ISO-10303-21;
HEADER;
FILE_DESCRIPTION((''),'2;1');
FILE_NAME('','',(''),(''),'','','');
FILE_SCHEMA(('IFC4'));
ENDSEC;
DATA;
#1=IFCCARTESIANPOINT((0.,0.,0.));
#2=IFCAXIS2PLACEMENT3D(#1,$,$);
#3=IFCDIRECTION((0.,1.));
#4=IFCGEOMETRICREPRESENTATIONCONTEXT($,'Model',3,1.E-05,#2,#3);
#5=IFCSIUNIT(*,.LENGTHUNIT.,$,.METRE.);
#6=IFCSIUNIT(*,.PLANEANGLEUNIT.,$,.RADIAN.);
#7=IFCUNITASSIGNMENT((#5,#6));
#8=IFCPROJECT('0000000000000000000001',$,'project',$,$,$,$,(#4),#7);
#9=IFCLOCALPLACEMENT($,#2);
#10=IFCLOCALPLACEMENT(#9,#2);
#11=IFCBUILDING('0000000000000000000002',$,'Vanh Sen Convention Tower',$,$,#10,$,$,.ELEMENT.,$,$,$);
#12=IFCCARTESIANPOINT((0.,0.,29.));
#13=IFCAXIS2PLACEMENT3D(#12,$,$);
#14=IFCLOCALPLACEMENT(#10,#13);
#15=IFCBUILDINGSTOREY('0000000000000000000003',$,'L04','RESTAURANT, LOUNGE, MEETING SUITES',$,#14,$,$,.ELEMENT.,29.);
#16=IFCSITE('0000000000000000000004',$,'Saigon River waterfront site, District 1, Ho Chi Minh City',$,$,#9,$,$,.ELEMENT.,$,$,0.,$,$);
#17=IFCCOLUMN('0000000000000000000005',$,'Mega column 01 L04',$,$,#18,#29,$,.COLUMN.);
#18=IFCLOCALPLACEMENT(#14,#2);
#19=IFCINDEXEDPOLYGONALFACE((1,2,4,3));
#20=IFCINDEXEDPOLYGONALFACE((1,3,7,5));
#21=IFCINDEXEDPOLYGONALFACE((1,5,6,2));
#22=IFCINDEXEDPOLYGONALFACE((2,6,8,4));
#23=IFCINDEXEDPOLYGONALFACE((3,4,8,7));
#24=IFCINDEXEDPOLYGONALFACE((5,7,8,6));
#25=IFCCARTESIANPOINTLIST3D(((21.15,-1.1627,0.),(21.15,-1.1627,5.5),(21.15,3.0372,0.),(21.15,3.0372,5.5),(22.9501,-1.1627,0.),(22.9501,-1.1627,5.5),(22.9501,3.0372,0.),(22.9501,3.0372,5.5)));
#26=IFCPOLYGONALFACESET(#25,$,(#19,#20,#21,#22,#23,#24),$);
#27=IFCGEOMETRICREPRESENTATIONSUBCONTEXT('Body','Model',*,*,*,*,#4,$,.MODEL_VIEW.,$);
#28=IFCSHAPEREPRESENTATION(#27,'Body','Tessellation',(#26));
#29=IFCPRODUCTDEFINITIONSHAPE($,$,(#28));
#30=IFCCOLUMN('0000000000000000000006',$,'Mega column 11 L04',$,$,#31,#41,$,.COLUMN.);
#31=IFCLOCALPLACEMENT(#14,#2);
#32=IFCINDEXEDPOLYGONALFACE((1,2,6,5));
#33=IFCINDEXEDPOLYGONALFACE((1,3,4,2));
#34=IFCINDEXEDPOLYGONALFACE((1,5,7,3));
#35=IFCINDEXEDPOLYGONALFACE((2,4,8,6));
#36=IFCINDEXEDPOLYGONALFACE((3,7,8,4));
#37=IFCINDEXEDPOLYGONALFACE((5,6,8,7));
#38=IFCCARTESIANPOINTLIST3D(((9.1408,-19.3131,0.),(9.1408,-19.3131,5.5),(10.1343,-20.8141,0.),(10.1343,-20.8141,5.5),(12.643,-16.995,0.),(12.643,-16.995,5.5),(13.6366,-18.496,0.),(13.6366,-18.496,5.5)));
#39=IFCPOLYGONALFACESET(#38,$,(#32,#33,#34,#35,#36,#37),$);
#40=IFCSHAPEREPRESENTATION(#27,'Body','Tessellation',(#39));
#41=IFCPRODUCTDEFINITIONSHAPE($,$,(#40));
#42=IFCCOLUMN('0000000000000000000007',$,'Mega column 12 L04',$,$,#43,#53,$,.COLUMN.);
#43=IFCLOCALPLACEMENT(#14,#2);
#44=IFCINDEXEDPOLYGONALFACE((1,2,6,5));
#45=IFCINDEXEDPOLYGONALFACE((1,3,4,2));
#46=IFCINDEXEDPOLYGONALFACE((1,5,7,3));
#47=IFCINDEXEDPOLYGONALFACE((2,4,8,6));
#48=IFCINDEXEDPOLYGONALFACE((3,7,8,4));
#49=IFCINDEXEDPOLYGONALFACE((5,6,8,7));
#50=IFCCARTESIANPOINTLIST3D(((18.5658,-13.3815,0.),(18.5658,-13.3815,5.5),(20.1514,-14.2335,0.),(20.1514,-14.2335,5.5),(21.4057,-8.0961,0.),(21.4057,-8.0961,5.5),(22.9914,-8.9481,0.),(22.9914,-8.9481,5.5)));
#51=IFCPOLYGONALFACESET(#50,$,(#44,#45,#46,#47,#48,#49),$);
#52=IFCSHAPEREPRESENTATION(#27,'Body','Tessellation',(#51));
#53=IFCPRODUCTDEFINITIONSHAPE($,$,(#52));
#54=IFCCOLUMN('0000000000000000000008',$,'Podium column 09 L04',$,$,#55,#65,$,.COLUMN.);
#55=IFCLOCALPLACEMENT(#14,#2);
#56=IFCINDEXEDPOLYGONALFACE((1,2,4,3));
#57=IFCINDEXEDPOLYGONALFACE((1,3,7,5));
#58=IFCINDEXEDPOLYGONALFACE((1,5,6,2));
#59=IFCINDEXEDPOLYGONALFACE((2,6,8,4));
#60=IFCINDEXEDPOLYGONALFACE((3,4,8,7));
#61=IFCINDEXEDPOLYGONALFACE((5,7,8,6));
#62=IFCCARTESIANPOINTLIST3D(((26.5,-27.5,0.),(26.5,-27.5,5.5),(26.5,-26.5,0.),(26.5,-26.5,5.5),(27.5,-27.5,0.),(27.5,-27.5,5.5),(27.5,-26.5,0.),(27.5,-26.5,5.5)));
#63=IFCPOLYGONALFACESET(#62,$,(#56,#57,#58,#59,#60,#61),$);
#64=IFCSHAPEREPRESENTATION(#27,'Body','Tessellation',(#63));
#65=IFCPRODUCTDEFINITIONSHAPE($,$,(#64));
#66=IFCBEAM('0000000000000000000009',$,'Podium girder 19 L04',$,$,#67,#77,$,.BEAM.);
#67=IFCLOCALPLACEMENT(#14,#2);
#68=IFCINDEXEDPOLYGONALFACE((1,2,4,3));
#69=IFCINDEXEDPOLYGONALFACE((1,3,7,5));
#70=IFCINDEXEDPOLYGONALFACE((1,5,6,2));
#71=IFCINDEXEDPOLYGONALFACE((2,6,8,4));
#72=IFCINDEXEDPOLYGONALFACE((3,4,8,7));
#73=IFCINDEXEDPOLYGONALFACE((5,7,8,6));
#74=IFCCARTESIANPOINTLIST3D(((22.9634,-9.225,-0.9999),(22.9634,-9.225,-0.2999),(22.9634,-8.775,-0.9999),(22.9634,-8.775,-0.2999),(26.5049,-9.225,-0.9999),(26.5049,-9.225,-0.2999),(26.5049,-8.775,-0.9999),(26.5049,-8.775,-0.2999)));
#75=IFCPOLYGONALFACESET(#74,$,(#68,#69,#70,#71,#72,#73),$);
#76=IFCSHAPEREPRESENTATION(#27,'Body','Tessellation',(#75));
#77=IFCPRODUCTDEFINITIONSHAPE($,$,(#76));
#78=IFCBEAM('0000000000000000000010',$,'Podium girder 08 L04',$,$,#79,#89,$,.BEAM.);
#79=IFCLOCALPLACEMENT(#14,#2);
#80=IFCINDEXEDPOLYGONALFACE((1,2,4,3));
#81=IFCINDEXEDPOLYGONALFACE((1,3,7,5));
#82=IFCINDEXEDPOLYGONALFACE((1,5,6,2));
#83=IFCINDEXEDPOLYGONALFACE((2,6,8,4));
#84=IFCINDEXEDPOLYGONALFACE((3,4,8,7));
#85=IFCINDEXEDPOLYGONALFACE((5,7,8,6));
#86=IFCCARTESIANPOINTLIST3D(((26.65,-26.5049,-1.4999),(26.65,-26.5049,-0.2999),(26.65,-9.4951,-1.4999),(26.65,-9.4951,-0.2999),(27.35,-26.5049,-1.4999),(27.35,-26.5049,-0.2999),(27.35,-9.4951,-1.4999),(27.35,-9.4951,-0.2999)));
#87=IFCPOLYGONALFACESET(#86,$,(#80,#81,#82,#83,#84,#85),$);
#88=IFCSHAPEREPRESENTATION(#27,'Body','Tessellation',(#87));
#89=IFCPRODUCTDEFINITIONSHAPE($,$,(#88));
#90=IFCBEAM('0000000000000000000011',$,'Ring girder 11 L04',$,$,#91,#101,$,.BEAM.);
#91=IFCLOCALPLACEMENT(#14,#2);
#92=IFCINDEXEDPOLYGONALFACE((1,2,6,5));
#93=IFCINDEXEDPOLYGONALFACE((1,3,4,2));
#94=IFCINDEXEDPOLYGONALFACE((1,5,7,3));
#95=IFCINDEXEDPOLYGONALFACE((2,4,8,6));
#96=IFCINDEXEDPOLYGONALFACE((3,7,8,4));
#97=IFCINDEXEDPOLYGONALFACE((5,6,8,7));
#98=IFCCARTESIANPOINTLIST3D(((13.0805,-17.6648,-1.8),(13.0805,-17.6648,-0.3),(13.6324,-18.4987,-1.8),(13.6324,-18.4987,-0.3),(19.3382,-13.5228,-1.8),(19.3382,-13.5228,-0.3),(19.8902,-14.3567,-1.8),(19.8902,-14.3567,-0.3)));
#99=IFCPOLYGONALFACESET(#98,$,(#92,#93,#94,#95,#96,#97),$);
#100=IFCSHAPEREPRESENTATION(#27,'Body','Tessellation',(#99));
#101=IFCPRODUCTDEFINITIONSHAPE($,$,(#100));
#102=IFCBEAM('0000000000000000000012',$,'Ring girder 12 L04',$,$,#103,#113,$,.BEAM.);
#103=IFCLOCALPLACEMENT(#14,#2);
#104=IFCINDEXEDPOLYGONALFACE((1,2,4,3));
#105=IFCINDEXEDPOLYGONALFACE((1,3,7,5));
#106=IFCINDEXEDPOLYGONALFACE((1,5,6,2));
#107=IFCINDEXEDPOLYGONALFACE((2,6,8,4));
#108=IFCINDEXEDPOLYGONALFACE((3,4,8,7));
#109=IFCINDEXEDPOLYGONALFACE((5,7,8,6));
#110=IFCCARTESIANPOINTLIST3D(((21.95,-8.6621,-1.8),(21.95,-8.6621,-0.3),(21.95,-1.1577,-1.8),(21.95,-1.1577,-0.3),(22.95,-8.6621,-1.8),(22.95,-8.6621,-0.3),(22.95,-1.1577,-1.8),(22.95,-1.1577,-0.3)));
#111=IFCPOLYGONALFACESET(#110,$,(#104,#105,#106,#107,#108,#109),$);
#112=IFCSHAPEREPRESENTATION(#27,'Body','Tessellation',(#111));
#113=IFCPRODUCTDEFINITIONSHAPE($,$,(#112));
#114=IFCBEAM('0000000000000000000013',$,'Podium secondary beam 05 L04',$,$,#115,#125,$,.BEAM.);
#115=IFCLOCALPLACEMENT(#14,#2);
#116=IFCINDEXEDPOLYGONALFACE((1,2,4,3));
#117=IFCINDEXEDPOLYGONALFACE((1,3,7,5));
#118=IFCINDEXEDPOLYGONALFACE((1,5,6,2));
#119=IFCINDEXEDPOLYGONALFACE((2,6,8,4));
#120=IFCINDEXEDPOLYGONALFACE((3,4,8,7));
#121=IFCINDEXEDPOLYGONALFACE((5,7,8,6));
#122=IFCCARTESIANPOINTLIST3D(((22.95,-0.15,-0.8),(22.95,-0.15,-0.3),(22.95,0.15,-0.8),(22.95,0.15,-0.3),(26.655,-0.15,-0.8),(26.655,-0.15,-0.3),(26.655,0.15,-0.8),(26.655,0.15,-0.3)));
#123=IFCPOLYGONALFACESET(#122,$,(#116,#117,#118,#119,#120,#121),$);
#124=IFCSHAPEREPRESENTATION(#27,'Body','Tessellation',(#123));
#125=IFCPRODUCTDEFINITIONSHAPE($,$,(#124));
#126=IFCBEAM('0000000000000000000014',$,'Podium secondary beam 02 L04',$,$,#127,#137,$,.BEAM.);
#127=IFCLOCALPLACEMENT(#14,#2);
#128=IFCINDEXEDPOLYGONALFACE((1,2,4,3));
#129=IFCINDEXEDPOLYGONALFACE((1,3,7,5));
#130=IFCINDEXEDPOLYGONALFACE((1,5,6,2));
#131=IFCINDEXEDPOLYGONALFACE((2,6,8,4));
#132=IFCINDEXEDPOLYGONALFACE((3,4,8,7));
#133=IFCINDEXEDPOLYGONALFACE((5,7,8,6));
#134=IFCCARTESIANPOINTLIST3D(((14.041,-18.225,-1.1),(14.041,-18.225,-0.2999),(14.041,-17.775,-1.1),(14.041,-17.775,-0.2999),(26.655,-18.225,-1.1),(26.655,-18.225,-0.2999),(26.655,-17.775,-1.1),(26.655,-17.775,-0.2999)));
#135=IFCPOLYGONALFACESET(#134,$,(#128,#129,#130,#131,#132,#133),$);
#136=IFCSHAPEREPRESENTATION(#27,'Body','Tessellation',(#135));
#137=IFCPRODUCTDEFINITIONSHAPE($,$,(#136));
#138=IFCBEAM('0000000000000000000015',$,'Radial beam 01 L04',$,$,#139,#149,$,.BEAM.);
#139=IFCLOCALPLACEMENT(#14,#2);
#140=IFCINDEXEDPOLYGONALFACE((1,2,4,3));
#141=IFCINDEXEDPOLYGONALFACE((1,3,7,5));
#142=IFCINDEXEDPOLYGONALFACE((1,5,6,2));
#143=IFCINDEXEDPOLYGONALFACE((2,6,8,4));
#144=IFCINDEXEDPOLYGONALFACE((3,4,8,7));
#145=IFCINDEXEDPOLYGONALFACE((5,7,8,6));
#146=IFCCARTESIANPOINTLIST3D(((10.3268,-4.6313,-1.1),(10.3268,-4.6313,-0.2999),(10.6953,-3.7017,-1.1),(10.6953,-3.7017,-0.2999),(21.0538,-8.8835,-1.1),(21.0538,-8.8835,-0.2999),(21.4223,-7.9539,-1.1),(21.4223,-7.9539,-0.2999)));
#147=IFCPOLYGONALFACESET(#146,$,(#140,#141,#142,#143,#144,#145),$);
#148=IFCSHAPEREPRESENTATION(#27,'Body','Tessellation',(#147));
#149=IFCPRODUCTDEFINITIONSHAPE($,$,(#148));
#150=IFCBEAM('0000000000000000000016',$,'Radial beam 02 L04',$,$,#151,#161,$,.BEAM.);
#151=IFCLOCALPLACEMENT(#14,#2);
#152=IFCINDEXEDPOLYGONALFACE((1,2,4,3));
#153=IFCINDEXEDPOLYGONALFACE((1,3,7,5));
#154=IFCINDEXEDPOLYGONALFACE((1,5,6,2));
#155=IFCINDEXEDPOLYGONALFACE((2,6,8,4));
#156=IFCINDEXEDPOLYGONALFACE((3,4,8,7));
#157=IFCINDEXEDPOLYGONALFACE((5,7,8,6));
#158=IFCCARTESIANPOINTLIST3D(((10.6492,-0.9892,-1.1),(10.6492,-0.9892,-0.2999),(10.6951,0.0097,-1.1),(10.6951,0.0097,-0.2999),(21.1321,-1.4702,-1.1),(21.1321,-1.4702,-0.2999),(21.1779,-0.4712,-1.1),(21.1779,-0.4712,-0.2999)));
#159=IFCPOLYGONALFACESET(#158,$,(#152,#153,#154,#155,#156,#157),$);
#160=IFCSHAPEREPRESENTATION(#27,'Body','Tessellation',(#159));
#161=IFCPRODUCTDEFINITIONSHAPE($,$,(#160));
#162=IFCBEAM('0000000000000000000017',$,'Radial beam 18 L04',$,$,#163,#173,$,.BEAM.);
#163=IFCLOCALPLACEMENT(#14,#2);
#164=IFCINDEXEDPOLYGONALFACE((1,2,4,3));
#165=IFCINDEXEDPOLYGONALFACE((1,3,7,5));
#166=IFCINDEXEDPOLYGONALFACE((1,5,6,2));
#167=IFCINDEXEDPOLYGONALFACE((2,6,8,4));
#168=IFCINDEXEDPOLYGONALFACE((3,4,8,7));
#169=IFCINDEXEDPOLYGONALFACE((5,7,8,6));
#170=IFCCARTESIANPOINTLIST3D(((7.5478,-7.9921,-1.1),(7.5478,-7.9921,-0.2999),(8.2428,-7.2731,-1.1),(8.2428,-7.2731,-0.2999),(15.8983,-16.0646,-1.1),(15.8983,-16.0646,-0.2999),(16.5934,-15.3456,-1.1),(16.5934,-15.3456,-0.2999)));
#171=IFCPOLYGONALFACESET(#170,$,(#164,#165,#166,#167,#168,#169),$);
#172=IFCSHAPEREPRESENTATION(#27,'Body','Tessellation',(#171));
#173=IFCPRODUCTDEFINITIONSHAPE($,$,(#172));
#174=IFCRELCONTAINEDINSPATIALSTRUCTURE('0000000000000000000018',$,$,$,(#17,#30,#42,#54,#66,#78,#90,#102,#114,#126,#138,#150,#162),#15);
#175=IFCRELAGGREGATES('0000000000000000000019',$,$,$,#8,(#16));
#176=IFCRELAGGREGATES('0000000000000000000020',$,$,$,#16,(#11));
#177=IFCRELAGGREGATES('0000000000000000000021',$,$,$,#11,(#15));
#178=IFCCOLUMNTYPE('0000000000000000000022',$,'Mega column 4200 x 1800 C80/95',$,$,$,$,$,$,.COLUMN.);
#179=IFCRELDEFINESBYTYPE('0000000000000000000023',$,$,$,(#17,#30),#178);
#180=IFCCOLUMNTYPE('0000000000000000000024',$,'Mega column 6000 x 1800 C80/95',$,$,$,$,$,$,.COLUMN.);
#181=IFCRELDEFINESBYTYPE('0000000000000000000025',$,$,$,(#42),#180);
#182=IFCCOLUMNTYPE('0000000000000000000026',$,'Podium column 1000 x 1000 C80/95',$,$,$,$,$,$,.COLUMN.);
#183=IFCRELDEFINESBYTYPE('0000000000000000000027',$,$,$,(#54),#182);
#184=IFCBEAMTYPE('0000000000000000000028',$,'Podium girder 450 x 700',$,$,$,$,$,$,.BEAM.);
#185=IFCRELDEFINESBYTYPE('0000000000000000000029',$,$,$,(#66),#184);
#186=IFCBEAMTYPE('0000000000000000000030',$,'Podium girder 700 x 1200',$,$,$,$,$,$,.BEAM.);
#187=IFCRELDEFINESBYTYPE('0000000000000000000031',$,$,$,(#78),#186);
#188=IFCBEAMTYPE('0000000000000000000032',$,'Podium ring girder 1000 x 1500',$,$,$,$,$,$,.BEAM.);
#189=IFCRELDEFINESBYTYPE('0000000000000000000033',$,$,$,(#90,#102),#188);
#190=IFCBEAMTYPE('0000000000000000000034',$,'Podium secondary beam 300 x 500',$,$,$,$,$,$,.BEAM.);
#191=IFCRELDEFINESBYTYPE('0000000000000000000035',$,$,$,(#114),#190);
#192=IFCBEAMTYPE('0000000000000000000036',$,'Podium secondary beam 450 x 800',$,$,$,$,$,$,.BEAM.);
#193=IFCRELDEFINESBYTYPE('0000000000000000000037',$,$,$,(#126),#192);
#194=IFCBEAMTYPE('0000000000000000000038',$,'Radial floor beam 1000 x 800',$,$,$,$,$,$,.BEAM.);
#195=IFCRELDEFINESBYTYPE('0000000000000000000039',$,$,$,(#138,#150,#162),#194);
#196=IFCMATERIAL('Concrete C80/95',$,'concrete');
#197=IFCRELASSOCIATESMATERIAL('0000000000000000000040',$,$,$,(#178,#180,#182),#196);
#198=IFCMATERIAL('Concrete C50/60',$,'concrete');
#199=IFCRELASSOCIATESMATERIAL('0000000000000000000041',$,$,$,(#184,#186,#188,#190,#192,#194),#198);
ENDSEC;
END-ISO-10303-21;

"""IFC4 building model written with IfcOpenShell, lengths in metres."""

from ifc_helpers import new_model, si_unit, direction, frame, origin, origin_2d, place, context, subcontext, project, spatial, rectangle, extrude, material, material_profile, profile_set, type_object, element, save


model = new_model("IFC4")

# Units and contexts
model_context = context("Model", 3, precision=1e-05, world=origin(), true_north=direction((0.0, 1.0)))
body_context = subcontext(model_context, "Body", "Model", "MODEL_VIEW")
ifc_project = project(units=[si_unit("LENGTHUNIT", "METRE"), si_unit("PLANEANGLEUNIT", "RADIAN")], contexts=[model_context])

# Site, building, storey
site_placement = place(None, origin())
site = spatial("IfcSite", under=ifc_project, at=site_placement, Name="Saigon River waterfront site, District 1, Ho Chi Minh City", CompositionType="ELEMENT", RefElevation=0.0)
building_placement = place(site_placement, origin())
building = spatial("IfcBuilding", under=site, at=building_placement, Name="Vanh Sen Convention Tower", CompositionType="ELEMENT")
storey_placement = place(building_placement, frame((0.0, 0.0, 29.0)))
storey = spatial("IfcBuildingStorey", under=building, at=storey_placement, Name="L04", Description="RESTAURANT, LOUNGE, MEETING SUITES", CompositionType="ELEMENT", Elevation=29.0)

# Columns
ifc_material_1 = material(Name="Concrete C80/95", Category="concrete")
ifc_material_profile_1 = material_profile(ifc_material_1, rectangle(XDim=4.2, YDim=1.8, at=origin_2d()), Name="RC 4200X1800")
ifc_profile_set_1 = profile_set([ifc_material_profile_1], Name="Concrete C80/95")
column_type_1 = type_object("IfcColumnType", Name="Mega column 4200 x 1800 C80/95", PredefinedType="COLUMN", material=ifc_profile_set_1)
for number, where, z_axis, x_axis, name in (
    (1, (22.05, 0.9373, 0.0), (0.0, 0.0, 1.0), (0.0, 1.0, 0.0), "Mega column 01 L04"),
    (2, (11.3887, -18.9045, 0.0), (0.0, 0.0, 1.0), (0.83388, 0.551946, 0.0), "Mega column 11 L04"),
):
    element("IfcColumn", number, at=place(storey_placement, frame(where, z_axis=z_axis, x_axis=x_axis)), inside=storey, type_object=column_type_1, Name=name, PredefinedType="COLUMN", context=body_context, shape_type="SweptSolid", body=[
        extrude(rectangle(XDim=4.2, YDim=1.8, at=origin_2d()), origin(), (0.0, 0.0, 1.0), 5.5),
    ])
ifc_material_profile_2 = material_profile(ifc_material_1, rectangle(XDim=6.0, YDim=1.8, at=origin_2d()), Name="RC 6000X1800")
ifc_profile_set_2 = profile_set([ifc_material_profile_2], Name="Concrete C80/95")
column_type_2 = type_object("IfcColumnType", Name="Mega column 6000 x 1800 C80/95", PredefinedType="COLUMN", material=ifc_profile_set_2)
column_1_placement = place(storey_placement, frame((20.7786, -11.1648, 0.0), z_axis=(0.0, 0.0, 1.0), x_axis=(0.473323, 0.880889, 0.0)))
element("IfcColumn", 3, at=column_1_placement, inside=storey, type_object=column_type_2, Name="Mega column 12 L04", PredefinedType="COLUMN", context=body_context, shape_type="SweptSolid", body=[
    extrude(rectangle(XDim=6.0, YDim=1.8, at=origin_2d()), origin(), (0.0, 0.0, 1.0), 5.5),
])
ifc_material_profile_3 = material_profile(ifc_material_1, rectangle(XDim=1.0, YDim=1.0, at=origin_2d()), Name="RC 1000X1000")
ifc_profile_set_3 = profile_set([ifc_material_profile_3], Name="Concrete C80/95")
column_type_3 = type_object("IfcColumnType", Name="Podium column 1000 x 1000 C80/95", PredefinedType="COLUMN", material=ifc_profile_set_3)
column_2_placement = place(storey_placement, frame((27.0, -27.0, 0.0), z_axis=(0.0, 0.0, 1.0), x_axis=(1.0, 0.0, 0.0)))
element("IfcColumn", 4, at=column_2_placement, inside=storey, type_object=column_type_3, Name="Podium column 09 L04", PredefinedType="COLUMN", context=body_context, shape_type="SweptSolid", body=[
    extrude(rectangle(XDim=1.0, YDim=1.0, at=origin_2d()), origin(), (0.0, 0.0, 1.0), 5.5),
])

# Beams
ifc_material_2 = material(Name="Concrete C50/60", Category="concrete")
ifc_material_profile_4 = material_profile(ifc_material_2, rectangle(XDim=0.45, YDim=0.7, at=origin_2d()), Name="RC 450X700")
ifc_profile_set_4 = profile_set([ifc_material_profile_4], Name="Concrete C50/60")
beam_type_1 = type_object("IfcBeamType", Name="Podium girder 450 x 700", PredefinedType="BEAM", material=ifc_profile_set_4)
beam_1_placement = place(storey_placement, frame((22.9634, -9.0, -0.6499), z_axis=(1.0, 0.0, 0.0), x_axis=(0.0, 1.0, 0.0)))
element("IfcBeam", 5, at=beam_1_placement, inside=storey, type_object=beam_type_1, Name="Podium girder 19 L04", PredefinedType="BEAM", context=body_context, shape_type="SweptSolid", body=[
    extrude(rectangle(XDim=0.45, YDim=0.7, at=origin_2d()), origin(), (0.0, 0.0, 1.0), 3.5415),
])
ifc_material_profile_5 = material_profile(ifc_material_2, rectangle(XDim=0.7, YDim=1.2, at=origin_2d()), Name="RC 700X1200")
ifc_profile_set_5 = profile_set([ifc_material_profile_5], Name="Concrete C50/60")
beam_type_2 = type_object("IfcBeamType", Name="Podium girder 700 x 1200", PredefinedType="BEAM", material=ifc_profile_set_5)
beam_2_placement = place(storey_placement, frame((27.0, -26.5049, -0.8999), z_axis=(0.0, 1.0, 0.0), x_axis=(-1.0, 0.0, 0.0)))
element("IfcBeam", 6, at=beam_2_placement, inside=storey, type_object=beam_type_2, Name="Podium girder 08 L04", PredefinedType="BEAM", context=body_context, shape_type="SweptSolid", body=[
    extrude(rectangle(XDim=0.7, YDim=1.2, at=origin_2d()), origin(), (0.0, 0.0, 1.0), 17.0098),
])
ifc_material_profile_6 = material_profile(ifc_material_2, rectangle(XDim=1.0, YDim=1.5, at=origin_2d()), Name="RC 1000X1500")
ifc_profile_set_6 = profile_set([ifc_material_profile_6], Name="Concrete C50/60")
beam_type_3 = type_object("IfcBeamType", Name="Podium ring girder 1000 x 1500", PredefinedType="BEAM", material=ifc_profile_set_6)
for number, where, z_axis, x_axis, name in (
    (7, (13.3564, -18.0818, -1.05), (0.833878, 0.551949, 0.0), (-0.551949, 0.833878, 0.0), "Ring girder 11 L04"),
    (8, (22.45, -8.6621, -1.05), (0.0, 1.0, 0.0), (-1.0, 0.0, 0.0), "Ring girder 12 L04"),
):
    element("IfcBeam", number, at=place(storey_placement, frame(where, z_axis=z_axis, x_axis=x_axis)), inside=storey, type_object=beam_type_3, Name=name, PredefinedType="BEAM", context=body_context, shape_type="SweptSolid", body=[
        extrude(rectangle(XDim=1.0, YDim=1.5, at=origin_2d()), origin(), (0.0, 0.0, 1.0), 7.5044),
    ])
ifc_material_profile_7 = material_profile(ifc_material_2, rectangle(XDim=0.3, YDim=0.5, at=origin_2d()), Name="RC 300X500")
ifc_profile_set_7 = profile_set([ifc_material_profile_7], Name="Concrete C50/60")
beam_type_4 = type_object("IfcBeamType", Name="Podium secondary beam 300 x 500", PredefinedType="BEAM", material=ifc_profile_set_7)
beam_3_placement = place(storey_placement, frame((22.95, 0.0, -0.55), z_axis=(1.0, 0.0, 0.0), x_axis=(0.0, 1.0, 0.0)))
element("IfcBeam", 9, at=beam_3_placement, inside=storey, type_object=beam_type_4, Name="Podium secondary beam 05 L04", PredefinedType="BEAM", context=body_context, shape_type="SweptSolid", body=[
    extrude(rectangle(XDim=0.3, YDim=0.5, at=origin_2d()), origin(), (0.0, 0.0, 1.0), 3.7051),
])
ifc_material_profile_8 = material_profile(ifc_material_2, rectangle(XDim=0.45, YDim=0.8, at=origin_2d()), Name="RC 450X800")
ifc_profile_set_8 = profile_set([ifc_material_profile_8], Name="Concrete C50/60")
beam_type_5 = type_object("IfcBeamType", Name="Podium secondary beam 450 x 800", PredefinedType="BEAM", material=ifc_profile_set_8)
beam_4_placement = place(storey_placement, frame((14.041, -18.0, -0.7), z_axis=(1.0, 0.0, 0.0), x_axis=(0.0, 1.0, 0.0)))
element("IfcBeam", 10, at=beam_4_placement, inside=storey, type_object=beam_type_5, Name="Podium secondary beam 02 L04", PredefinedType="BEAM", context=body_context, shape_type="SweptSolid", body=[
    extrude(rectangle(XDim=0.45, YDim=0.8, at=origin_2d()), origin(), (0.0, 0.0, 1.0), 12.614),
])
ifc_material_profile_9 = material_profile(ifc_material_2, rectangle(XDim=1.0, YDim=0.8, at=origin_2d()), Name="RC 1000X800")
ifc_profile_set_9 = profile_set([ifc_material_profile_9], Name="Concrete C50/60")
beam_type_6 = type_object("IfcBeamType", Name="Radial floor beam 1000 x 800", PredefinedType="BEAM", material=ifc_profile_set_9)
beam_5_placement = place(storey_placement, frame((21.238, -8.4187, -0.7), z_axis=(-0.929626, 0.368503, 0.0), x_axis=(-0.368503, -0.929626, 0.0)))
element("IfcBeam", 11, at=beam_5_placement, inside=storey, type_object=beam_type_6, Name="Radial beam 01 L04", PredefinedType="BEAM", context=body_context, shape_type="SweptSolid", body=[
    extrude(rectangle(XDim=1.0, YDim=0.8, at=origin_2d()), origin(), (0.0, 0.0, 1.0), 11.5391),
])
beam_6_placement = place(storey_placement, frame((21.155, -0.9707, -0.7), z_axis=(-0.998949, 0.045832, 0.0), x_axis=(-0.045832, -0.998949, 0.0)))
element("IfcBeam", 12, at=beam_6_placement, inside=storey, type_object=beam_type_6, Name="Radial beam 02 L04", PredefinedType="BEAM", context=body_context, shape_type="SweptSolid", body=[
    extrude(rectangle(XDim=1.0, YDim=0.8, at=origin_2d()), origin(), (0.0, 0.0, 1.0), 10.4939),
])
beam_7_placement = place(storey_placement, frame((16.2458, -15.7051, -0.7), z_axis=(-0.718976, 0.695034, 0.0), x_axis=(-0.695034, -0.718976, 0.0)))
element("IfcBeam", 13, at=beam_7_placement, inside=storey, type_object=beam_type_6, Name="Radial beam 18 L04", PredefinedType="BEAM", context=body_context, shape_type="SweptSolid", body=[
    extrude(rectangle(XDim=1.0, YDim=0.8, at=origin_2d()), origin(), (0.0, 0.0, 1.0), 11.6145),
])

save(model, "model.ifc")
